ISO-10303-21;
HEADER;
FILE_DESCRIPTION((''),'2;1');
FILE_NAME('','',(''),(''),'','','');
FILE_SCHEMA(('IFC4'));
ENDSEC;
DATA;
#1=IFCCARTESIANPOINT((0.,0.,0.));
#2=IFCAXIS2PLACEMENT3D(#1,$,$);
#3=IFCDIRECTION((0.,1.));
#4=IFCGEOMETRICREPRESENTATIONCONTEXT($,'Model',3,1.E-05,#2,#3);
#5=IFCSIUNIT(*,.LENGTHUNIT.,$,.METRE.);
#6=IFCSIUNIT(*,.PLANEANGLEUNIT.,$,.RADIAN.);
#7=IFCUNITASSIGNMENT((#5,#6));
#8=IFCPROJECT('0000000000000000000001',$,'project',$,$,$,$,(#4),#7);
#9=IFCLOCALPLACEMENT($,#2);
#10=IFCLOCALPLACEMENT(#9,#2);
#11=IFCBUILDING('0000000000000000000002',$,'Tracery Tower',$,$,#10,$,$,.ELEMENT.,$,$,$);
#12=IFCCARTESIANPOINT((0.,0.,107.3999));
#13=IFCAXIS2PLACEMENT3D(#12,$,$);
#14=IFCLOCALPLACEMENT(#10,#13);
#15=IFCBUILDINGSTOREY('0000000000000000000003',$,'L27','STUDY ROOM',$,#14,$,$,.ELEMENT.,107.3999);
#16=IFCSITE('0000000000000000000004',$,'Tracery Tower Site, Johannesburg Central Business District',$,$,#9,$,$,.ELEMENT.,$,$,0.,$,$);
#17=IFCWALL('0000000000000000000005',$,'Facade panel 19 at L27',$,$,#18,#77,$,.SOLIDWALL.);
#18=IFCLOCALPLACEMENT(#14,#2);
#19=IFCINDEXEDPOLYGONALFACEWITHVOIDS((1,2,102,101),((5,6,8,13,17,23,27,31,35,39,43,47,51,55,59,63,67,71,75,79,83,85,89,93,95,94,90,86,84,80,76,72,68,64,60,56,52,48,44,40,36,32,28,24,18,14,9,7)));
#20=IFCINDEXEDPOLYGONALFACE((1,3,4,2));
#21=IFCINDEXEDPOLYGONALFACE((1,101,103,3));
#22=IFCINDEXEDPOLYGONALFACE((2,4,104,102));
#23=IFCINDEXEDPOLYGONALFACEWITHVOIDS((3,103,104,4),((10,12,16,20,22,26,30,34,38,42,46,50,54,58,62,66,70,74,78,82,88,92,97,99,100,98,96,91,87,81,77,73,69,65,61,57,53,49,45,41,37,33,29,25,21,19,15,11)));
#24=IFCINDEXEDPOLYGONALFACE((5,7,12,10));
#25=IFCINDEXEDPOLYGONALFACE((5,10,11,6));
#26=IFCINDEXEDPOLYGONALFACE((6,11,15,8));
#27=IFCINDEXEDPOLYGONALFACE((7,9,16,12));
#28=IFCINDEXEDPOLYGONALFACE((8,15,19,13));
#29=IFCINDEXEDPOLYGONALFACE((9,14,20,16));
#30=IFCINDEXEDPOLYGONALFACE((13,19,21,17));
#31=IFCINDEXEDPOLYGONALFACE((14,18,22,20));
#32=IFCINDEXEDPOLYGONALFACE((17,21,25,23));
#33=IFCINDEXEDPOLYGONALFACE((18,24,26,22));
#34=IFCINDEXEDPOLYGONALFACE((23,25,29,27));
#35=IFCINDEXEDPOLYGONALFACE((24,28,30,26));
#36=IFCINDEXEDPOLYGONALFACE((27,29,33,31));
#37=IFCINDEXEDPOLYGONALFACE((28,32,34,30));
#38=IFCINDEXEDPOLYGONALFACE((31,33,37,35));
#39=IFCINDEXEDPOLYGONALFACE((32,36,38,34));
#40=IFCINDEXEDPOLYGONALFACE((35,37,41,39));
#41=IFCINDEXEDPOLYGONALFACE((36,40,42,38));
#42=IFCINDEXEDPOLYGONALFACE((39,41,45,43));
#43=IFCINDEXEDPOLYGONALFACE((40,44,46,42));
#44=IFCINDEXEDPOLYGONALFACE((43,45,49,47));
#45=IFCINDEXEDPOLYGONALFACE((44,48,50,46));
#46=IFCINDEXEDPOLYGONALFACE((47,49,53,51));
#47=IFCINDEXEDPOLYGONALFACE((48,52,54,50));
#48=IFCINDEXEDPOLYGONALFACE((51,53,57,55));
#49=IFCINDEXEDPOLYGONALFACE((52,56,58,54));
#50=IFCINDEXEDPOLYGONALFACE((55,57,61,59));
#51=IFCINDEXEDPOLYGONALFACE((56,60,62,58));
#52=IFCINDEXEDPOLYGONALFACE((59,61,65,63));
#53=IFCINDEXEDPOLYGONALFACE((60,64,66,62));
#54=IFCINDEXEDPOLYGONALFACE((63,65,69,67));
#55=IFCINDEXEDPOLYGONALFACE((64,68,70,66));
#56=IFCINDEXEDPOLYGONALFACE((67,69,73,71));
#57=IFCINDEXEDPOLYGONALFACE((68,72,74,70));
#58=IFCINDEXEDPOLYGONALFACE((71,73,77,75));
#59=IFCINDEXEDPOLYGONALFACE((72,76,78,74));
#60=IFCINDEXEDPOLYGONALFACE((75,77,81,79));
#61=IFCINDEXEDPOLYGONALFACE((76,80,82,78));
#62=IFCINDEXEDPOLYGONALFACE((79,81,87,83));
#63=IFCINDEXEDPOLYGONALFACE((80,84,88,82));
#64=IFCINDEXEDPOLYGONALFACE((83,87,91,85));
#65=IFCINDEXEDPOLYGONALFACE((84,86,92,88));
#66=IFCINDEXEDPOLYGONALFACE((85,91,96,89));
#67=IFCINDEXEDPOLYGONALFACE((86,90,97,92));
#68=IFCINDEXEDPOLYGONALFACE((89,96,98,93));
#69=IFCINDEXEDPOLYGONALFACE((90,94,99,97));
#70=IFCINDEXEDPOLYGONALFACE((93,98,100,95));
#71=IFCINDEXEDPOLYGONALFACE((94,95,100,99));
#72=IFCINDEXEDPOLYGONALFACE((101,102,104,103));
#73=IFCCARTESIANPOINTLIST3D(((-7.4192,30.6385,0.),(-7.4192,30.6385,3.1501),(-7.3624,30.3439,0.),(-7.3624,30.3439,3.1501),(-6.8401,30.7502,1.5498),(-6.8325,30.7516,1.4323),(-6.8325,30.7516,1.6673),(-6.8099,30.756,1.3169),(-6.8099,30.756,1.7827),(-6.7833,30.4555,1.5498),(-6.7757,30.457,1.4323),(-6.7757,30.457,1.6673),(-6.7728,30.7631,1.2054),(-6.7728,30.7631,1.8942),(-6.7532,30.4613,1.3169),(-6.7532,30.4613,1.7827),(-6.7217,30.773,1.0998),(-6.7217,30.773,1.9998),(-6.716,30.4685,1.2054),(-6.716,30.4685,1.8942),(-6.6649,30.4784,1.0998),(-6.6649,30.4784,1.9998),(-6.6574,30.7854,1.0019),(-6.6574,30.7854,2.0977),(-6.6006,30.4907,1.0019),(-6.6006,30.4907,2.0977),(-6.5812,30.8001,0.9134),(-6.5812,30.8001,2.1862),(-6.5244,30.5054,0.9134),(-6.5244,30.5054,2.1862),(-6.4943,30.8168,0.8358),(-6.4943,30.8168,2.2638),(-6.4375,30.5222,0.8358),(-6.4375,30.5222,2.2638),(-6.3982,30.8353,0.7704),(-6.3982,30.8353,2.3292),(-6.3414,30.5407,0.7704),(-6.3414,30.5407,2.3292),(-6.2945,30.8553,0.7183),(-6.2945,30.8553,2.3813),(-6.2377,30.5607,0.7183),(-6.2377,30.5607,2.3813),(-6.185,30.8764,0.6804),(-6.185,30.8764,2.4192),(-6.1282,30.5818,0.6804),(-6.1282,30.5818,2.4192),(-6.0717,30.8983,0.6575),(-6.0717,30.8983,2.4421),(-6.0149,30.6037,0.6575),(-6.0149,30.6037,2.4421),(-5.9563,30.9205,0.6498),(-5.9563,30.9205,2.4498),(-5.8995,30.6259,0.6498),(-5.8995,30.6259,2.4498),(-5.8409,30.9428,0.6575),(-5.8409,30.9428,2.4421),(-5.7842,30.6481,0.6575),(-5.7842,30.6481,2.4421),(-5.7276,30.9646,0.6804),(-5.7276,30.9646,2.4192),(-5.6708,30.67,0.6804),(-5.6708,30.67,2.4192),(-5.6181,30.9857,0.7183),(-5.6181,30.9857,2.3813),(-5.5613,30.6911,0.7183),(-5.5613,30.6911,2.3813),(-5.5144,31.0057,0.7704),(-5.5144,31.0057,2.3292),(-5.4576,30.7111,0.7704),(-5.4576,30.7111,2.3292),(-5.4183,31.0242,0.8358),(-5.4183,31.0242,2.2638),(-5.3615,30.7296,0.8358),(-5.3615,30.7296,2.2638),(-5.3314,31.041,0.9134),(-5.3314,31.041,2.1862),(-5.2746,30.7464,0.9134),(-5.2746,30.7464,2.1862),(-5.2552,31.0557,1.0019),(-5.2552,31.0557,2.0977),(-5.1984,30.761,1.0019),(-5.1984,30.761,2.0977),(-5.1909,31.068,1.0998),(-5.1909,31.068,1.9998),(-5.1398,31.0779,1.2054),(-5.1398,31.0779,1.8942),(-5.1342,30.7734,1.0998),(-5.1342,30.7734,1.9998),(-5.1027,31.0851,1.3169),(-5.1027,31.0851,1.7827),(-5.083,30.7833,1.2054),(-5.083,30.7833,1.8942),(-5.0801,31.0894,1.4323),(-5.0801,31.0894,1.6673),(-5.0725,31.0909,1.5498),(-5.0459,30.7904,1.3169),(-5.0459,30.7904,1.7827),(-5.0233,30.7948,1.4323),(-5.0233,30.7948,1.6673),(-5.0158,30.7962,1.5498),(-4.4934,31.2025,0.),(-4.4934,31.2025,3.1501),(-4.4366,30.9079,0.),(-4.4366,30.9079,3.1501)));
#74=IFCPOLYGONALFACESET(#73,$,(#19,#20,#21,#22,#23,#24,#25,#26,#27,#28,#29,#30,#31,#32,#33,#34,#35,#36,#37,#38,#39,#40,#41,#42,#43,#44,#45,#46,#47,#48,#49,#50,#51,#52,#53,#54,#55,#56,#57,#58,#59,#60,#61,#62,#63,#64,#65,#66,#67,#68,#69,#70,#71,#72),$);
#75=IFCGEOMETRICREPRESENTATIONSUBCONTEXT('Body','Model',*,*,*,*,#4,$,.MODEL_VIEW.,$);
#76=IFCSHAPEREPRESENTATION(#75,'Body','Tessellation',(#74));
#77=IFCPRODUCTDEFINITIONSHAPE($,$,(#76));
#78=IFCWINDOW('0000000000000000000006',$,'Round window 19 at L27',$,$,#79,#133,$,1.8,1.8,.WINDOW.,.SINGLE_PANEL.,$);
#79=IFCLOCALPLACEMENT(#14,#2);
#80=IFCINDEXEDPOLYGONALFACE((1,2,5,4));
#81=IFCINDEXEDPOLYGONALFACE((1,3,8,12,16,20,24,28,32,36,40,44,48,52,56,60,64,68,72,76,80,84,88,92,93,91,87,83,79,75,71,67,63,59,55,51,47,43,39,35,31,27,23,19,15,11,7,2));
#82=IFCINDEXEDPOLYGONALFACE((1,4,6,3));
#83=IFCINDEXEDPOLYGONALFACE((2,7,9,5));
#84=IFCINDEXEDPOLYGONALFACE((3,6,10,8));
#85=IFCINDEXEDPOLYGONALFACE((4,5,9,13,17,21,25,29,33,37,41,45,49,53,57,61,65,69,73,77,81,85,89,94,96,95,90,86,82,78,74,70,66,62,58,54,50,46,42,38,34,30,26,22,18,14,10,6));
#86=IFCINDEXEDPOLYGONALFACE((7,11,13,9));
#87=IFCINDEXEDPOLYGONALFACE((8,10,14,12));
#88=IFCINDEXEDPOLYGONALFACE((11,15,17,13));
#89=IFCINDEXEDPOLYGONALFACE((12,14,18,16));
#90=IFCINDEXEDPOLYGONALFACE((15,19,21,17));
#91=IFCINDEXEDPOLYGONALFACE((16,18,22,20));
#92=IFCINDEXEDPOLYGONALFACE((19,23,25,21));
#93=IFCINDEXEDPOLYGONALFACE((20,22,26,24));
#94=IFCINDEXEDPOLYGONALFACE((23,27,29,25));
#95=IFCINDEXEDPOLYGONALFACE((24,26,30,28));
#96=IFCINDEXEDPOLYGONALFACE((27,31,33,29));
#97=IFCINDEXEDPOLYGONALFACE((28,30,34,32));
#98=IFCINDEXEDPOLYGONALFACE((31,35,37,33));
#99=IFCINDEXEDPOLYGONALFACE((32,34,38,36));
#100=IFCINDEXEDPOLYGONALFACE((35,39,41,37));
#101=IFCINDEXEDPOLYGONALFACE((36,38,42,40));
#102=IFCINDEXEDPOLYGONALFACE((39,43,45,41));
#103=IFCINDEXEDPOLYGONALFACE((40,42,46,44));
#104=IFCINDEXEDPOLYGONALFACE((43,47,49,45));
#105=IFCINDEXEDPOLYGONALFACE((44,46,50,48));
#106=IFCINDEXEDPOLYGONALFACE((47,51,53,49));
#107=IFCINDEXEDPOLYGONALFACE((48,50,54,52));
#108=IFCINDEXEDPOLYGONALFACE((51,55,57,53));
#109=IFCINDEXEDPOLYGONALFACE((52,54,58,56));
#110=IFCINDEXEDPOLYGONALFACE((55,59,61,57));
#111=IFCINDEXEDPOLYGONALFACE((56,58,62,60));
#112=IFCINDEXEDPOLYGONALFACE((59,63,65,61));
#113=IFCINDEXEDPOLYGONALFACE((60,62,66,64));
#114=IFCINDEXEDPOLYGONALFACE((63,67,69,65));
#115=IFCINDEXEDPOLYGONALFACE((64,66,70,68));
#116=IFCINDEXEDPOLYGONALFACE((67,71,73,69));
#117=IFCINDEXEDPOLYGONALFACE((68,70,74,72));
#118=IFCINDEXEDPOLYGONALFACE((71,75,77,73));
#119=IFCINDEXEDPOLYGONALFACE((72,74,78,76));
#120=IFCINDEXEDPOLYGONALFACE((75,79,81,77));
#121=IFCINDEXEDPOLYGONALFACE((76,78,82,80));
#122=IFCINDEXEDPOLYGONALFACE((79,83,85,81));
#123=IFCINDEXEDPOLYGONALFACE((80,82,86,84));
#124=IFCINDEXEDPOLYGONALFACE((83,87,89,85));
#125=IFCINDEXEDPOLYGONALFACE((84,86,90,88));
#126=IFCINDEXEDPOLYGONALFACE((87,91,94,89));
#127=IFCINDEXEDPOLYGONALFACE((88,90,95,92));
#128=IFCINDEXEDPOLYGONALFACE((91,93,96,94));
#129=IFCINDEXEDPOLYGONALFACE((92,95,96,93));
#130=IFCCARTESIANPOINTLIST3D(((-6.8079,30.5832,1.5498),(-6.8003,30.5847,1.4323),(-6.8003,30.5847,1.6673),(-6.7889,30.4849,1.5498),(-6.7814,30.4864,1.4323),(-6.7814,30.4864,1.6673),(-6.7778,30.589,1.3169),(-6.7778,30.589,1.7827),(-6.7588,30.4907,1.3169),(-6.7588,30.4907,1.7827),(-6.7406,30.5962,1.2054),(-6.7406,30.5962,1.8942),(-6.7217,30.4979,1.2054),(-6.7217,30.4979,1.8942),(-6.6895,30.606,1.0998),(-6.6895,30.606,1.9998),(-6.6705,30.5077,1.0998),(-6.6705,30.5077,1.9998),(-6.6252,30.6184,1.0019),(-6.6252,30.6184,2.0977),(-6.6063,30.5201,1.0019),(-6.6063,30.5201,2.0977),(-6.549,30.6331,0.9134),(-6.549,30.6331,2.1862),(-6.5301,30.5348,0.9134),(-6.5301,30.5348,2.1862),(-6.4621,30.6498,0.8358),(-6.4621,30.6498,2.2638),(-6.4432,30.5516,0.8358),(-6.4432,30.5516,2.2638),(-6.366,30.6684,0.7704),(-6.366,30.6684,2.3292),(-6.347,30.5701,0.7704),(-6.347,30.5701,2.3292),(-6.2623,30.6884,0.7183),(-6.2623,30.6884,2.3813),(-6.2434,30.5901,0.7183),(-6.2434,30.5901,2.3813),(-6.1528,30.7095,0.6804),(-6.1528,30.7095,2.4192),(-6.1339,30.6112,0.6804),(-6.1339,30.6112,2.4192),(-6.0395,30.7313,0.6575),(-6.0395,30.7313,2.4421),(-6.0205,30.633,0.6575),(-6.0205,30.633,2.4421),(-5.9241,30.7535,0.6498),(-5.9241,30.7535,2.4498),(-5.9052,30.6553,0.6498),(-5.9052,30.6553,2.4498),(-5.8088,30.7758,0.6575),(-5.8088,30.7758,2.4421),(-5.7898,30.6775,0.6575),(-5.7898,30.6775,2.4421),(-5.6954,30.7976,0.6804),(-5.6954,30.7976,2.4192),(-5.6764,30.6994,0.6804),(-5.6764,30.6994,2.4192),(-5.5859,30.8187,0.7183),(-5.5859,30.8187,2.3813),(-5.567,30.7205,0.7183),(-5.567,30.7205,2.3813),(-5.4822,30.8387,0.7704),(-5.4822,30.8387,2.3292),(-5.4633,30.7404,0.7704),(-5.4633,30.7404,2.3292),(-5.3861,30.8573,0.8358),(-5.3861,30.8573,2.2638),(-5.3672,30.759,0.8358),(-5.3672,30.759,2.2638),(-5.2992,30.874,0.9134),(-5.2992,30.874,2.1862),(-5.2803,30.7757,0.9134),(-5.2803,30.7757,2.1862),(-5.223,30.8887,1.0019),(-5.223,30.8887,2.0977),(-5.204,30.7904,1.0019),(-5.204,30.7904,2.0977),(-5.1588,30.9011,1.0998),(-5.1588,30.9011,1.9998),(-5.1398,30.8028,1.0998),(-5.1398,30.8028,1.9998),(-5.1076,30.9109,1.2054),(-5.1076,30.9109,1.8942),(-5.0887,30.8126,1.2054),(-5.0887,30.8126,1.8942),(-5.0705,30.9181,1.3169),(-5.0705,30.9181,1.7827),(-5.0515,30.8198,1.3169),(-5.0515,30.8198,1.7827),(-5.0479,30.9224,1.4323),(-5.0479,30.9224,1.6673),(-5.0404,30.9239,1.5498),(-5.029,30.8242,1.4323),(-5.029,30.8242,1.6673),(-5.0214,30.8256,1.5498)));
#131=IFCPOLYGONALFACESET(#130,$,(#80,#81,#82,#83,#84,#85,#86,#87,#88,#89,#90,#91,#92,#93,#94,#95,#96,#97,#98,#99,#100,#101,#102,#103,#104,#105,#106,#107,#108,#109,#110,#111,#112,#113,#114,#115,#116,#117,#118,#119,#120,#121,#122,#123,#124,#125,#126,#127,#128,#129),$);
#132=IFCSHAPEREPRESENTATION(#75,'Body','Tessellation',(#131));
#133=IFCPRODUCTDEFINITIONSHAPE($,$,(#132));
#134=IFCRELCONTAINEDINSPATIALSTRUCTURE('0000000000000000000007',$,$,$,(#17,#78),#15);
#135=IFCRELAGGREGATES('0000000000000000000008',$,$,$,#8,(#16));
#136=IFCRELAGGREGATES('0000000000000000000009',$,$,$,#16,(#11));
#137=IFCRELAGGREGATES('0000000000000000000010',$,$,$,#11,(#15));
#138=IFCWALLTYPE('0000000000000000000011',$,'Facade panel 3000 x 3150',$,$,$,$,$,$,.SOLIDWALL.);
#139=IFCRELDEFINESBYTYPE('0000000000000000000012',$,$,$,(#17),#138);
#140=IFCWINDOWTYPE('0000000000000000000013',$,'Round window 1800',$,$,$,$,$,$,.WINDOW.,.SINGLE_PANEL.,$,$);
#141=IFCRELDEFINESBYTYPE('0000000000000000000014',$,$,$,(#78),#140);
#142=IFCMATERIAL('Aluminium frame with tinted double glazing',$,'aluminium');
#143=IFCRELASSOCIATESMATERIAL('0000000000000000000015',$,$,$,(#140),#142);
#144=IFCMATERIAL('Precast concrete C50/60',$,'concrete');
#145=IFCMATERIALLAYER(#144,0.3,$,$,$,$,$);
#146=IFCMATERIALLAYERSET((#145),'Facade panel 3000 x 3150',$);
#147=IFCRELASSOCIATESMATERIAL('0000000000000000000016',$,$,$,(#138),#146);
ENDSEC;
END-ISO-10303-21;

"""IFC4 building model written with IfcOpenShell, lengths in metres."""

from ifc_helpers import new_model, si_unit, direction, frame, frame_2d, origin, origin_2d, place, context, subcontext, project, spatial, rectangle, circle, extrude, material, layer, layer_set, type_object, element, fill, save


model = new_model("IFC4")

# Units and contexts
model_context = context("Model", 3, precision=1e-05, world=origin(), true_north=direction((0.0, 1.0)))
body_context = subcontext(model_context, "Body", "Model", "MODEL_VIEW")
ifc_project = project(units=[si_unit("LENGTHUNIT", "METRE"), si_unit("PLANEANGLEUNIT", "RADIAN")], contexts=[model_context])

# Site, building, storey
site_placement = place(None, origin())
site = spatial("IfcSite", under=ifc_project, at=site_placement, Name="Tracery Tower Site, Johannesburg Central Business District", CompositionType="ELEMENT", RefElevation=0.0)
building_placement = place(site_placement, origin())
building = spatial("IfcBuilding", under=site, at=building_placement, Name="Tracery Tower", CompositionType="ELEMENT")
storey_placement = place(building_placement, frame((0.0, 0.0, 107.3999)))
storey = spatial("IfcBuildingStorey", under=building, at=storey_placement, Name="L27", Description="STUDY ROOM", CompositionType="ELEMENT", Elevation=107.3999)

# Wall, opening, window
ifc_material_1 = material(Name="Aluminium frame with tinted double glazing", Category="aluminium")
window_type = type_object("IfcWindowType", Name="Round window 1800", PartitioningType="SINGLE_PANEL", PredefinedType="WINDOW", material=ifc_material_1)
ifc_material_2 = material(Name="Precast concrete C50/60", Category="concrete")
ifc_layer_1 = layer(ifc_material_2, 0.3)
ifc_layer_set_1 = layer_set([ifc_layer_1], Name="Facade panel 3000 x 3150")
wall_type_1 = type_object("IfcWallType", Name="Facade panel 3000 x 3150", PredefinedType="SOLIDWALL", material=ifc_layer_set_1)
wall_1_placement = place(storey_placement, frame((-4.4651, 31.0552, 0.0), z_axis=(0.0, 0.0, 1.0), x_axis=(-0.981925, -0.189273, 0.0)))
wall_1 = element("IfcWall", 1, at=wall_1_placement, inside=storey, type_object=wall_type_1, Name="Facade panel 19 at L27", PredefinedType="SOLIDWALL", context=body_context, shape_type="SweptSolid", body=[
    extrude(rectangle(XDim=2.9797, YDim=0.3, at=frame_2d((1.4897, 0.0))), origin(), (0.0, 0.0, 1.0), 3.1501),
])
opening_1_placement = place(wall_1_placement, frame((1.4897, 0.0, 1.5498)))
opening_1 = element("IfcOpeningElement", 2, at=opening_1_placement, cuts=wall_1, PredefinedType="OPENING", context=body_context, shape_type="SweptSolid", body=[
    extrude(circle(Radius=0.9, at=origin_2d()), frame((0.0, 0.1599, 0.0), z_axis=(0.0, -1.0, 0.0), x_axis=(1.0, 0.0, 0.0)), (0.0, 0.0, 1.0), 0.3201),
])
window_1_placement = place(opening_1_placement, origin())
window_1 = element("IfcWindow", 3, at=window_1_placement, inside=storey, type_object=window_type, Name="Round window 19 at L27", OverallHeight=1.8, OverallWidth=1.8, PartitioningType="SINGLE_PANEL", PredefinedType="WINDOW", context=body_context, shape_type="SweptSolid", body=[
    extrude(circle(Radius=0.9, at=origin_2d()), frame((0.0, 0.1201, 0.0), z_axis=(0.0, -1.0, 0.0), x_axis=(1.0, 0.0, 0.0)), (0.0, 0.0, 1.0), 0.1001),
])
fill(opening_1, window_1)

save(model, "model.ifc")
